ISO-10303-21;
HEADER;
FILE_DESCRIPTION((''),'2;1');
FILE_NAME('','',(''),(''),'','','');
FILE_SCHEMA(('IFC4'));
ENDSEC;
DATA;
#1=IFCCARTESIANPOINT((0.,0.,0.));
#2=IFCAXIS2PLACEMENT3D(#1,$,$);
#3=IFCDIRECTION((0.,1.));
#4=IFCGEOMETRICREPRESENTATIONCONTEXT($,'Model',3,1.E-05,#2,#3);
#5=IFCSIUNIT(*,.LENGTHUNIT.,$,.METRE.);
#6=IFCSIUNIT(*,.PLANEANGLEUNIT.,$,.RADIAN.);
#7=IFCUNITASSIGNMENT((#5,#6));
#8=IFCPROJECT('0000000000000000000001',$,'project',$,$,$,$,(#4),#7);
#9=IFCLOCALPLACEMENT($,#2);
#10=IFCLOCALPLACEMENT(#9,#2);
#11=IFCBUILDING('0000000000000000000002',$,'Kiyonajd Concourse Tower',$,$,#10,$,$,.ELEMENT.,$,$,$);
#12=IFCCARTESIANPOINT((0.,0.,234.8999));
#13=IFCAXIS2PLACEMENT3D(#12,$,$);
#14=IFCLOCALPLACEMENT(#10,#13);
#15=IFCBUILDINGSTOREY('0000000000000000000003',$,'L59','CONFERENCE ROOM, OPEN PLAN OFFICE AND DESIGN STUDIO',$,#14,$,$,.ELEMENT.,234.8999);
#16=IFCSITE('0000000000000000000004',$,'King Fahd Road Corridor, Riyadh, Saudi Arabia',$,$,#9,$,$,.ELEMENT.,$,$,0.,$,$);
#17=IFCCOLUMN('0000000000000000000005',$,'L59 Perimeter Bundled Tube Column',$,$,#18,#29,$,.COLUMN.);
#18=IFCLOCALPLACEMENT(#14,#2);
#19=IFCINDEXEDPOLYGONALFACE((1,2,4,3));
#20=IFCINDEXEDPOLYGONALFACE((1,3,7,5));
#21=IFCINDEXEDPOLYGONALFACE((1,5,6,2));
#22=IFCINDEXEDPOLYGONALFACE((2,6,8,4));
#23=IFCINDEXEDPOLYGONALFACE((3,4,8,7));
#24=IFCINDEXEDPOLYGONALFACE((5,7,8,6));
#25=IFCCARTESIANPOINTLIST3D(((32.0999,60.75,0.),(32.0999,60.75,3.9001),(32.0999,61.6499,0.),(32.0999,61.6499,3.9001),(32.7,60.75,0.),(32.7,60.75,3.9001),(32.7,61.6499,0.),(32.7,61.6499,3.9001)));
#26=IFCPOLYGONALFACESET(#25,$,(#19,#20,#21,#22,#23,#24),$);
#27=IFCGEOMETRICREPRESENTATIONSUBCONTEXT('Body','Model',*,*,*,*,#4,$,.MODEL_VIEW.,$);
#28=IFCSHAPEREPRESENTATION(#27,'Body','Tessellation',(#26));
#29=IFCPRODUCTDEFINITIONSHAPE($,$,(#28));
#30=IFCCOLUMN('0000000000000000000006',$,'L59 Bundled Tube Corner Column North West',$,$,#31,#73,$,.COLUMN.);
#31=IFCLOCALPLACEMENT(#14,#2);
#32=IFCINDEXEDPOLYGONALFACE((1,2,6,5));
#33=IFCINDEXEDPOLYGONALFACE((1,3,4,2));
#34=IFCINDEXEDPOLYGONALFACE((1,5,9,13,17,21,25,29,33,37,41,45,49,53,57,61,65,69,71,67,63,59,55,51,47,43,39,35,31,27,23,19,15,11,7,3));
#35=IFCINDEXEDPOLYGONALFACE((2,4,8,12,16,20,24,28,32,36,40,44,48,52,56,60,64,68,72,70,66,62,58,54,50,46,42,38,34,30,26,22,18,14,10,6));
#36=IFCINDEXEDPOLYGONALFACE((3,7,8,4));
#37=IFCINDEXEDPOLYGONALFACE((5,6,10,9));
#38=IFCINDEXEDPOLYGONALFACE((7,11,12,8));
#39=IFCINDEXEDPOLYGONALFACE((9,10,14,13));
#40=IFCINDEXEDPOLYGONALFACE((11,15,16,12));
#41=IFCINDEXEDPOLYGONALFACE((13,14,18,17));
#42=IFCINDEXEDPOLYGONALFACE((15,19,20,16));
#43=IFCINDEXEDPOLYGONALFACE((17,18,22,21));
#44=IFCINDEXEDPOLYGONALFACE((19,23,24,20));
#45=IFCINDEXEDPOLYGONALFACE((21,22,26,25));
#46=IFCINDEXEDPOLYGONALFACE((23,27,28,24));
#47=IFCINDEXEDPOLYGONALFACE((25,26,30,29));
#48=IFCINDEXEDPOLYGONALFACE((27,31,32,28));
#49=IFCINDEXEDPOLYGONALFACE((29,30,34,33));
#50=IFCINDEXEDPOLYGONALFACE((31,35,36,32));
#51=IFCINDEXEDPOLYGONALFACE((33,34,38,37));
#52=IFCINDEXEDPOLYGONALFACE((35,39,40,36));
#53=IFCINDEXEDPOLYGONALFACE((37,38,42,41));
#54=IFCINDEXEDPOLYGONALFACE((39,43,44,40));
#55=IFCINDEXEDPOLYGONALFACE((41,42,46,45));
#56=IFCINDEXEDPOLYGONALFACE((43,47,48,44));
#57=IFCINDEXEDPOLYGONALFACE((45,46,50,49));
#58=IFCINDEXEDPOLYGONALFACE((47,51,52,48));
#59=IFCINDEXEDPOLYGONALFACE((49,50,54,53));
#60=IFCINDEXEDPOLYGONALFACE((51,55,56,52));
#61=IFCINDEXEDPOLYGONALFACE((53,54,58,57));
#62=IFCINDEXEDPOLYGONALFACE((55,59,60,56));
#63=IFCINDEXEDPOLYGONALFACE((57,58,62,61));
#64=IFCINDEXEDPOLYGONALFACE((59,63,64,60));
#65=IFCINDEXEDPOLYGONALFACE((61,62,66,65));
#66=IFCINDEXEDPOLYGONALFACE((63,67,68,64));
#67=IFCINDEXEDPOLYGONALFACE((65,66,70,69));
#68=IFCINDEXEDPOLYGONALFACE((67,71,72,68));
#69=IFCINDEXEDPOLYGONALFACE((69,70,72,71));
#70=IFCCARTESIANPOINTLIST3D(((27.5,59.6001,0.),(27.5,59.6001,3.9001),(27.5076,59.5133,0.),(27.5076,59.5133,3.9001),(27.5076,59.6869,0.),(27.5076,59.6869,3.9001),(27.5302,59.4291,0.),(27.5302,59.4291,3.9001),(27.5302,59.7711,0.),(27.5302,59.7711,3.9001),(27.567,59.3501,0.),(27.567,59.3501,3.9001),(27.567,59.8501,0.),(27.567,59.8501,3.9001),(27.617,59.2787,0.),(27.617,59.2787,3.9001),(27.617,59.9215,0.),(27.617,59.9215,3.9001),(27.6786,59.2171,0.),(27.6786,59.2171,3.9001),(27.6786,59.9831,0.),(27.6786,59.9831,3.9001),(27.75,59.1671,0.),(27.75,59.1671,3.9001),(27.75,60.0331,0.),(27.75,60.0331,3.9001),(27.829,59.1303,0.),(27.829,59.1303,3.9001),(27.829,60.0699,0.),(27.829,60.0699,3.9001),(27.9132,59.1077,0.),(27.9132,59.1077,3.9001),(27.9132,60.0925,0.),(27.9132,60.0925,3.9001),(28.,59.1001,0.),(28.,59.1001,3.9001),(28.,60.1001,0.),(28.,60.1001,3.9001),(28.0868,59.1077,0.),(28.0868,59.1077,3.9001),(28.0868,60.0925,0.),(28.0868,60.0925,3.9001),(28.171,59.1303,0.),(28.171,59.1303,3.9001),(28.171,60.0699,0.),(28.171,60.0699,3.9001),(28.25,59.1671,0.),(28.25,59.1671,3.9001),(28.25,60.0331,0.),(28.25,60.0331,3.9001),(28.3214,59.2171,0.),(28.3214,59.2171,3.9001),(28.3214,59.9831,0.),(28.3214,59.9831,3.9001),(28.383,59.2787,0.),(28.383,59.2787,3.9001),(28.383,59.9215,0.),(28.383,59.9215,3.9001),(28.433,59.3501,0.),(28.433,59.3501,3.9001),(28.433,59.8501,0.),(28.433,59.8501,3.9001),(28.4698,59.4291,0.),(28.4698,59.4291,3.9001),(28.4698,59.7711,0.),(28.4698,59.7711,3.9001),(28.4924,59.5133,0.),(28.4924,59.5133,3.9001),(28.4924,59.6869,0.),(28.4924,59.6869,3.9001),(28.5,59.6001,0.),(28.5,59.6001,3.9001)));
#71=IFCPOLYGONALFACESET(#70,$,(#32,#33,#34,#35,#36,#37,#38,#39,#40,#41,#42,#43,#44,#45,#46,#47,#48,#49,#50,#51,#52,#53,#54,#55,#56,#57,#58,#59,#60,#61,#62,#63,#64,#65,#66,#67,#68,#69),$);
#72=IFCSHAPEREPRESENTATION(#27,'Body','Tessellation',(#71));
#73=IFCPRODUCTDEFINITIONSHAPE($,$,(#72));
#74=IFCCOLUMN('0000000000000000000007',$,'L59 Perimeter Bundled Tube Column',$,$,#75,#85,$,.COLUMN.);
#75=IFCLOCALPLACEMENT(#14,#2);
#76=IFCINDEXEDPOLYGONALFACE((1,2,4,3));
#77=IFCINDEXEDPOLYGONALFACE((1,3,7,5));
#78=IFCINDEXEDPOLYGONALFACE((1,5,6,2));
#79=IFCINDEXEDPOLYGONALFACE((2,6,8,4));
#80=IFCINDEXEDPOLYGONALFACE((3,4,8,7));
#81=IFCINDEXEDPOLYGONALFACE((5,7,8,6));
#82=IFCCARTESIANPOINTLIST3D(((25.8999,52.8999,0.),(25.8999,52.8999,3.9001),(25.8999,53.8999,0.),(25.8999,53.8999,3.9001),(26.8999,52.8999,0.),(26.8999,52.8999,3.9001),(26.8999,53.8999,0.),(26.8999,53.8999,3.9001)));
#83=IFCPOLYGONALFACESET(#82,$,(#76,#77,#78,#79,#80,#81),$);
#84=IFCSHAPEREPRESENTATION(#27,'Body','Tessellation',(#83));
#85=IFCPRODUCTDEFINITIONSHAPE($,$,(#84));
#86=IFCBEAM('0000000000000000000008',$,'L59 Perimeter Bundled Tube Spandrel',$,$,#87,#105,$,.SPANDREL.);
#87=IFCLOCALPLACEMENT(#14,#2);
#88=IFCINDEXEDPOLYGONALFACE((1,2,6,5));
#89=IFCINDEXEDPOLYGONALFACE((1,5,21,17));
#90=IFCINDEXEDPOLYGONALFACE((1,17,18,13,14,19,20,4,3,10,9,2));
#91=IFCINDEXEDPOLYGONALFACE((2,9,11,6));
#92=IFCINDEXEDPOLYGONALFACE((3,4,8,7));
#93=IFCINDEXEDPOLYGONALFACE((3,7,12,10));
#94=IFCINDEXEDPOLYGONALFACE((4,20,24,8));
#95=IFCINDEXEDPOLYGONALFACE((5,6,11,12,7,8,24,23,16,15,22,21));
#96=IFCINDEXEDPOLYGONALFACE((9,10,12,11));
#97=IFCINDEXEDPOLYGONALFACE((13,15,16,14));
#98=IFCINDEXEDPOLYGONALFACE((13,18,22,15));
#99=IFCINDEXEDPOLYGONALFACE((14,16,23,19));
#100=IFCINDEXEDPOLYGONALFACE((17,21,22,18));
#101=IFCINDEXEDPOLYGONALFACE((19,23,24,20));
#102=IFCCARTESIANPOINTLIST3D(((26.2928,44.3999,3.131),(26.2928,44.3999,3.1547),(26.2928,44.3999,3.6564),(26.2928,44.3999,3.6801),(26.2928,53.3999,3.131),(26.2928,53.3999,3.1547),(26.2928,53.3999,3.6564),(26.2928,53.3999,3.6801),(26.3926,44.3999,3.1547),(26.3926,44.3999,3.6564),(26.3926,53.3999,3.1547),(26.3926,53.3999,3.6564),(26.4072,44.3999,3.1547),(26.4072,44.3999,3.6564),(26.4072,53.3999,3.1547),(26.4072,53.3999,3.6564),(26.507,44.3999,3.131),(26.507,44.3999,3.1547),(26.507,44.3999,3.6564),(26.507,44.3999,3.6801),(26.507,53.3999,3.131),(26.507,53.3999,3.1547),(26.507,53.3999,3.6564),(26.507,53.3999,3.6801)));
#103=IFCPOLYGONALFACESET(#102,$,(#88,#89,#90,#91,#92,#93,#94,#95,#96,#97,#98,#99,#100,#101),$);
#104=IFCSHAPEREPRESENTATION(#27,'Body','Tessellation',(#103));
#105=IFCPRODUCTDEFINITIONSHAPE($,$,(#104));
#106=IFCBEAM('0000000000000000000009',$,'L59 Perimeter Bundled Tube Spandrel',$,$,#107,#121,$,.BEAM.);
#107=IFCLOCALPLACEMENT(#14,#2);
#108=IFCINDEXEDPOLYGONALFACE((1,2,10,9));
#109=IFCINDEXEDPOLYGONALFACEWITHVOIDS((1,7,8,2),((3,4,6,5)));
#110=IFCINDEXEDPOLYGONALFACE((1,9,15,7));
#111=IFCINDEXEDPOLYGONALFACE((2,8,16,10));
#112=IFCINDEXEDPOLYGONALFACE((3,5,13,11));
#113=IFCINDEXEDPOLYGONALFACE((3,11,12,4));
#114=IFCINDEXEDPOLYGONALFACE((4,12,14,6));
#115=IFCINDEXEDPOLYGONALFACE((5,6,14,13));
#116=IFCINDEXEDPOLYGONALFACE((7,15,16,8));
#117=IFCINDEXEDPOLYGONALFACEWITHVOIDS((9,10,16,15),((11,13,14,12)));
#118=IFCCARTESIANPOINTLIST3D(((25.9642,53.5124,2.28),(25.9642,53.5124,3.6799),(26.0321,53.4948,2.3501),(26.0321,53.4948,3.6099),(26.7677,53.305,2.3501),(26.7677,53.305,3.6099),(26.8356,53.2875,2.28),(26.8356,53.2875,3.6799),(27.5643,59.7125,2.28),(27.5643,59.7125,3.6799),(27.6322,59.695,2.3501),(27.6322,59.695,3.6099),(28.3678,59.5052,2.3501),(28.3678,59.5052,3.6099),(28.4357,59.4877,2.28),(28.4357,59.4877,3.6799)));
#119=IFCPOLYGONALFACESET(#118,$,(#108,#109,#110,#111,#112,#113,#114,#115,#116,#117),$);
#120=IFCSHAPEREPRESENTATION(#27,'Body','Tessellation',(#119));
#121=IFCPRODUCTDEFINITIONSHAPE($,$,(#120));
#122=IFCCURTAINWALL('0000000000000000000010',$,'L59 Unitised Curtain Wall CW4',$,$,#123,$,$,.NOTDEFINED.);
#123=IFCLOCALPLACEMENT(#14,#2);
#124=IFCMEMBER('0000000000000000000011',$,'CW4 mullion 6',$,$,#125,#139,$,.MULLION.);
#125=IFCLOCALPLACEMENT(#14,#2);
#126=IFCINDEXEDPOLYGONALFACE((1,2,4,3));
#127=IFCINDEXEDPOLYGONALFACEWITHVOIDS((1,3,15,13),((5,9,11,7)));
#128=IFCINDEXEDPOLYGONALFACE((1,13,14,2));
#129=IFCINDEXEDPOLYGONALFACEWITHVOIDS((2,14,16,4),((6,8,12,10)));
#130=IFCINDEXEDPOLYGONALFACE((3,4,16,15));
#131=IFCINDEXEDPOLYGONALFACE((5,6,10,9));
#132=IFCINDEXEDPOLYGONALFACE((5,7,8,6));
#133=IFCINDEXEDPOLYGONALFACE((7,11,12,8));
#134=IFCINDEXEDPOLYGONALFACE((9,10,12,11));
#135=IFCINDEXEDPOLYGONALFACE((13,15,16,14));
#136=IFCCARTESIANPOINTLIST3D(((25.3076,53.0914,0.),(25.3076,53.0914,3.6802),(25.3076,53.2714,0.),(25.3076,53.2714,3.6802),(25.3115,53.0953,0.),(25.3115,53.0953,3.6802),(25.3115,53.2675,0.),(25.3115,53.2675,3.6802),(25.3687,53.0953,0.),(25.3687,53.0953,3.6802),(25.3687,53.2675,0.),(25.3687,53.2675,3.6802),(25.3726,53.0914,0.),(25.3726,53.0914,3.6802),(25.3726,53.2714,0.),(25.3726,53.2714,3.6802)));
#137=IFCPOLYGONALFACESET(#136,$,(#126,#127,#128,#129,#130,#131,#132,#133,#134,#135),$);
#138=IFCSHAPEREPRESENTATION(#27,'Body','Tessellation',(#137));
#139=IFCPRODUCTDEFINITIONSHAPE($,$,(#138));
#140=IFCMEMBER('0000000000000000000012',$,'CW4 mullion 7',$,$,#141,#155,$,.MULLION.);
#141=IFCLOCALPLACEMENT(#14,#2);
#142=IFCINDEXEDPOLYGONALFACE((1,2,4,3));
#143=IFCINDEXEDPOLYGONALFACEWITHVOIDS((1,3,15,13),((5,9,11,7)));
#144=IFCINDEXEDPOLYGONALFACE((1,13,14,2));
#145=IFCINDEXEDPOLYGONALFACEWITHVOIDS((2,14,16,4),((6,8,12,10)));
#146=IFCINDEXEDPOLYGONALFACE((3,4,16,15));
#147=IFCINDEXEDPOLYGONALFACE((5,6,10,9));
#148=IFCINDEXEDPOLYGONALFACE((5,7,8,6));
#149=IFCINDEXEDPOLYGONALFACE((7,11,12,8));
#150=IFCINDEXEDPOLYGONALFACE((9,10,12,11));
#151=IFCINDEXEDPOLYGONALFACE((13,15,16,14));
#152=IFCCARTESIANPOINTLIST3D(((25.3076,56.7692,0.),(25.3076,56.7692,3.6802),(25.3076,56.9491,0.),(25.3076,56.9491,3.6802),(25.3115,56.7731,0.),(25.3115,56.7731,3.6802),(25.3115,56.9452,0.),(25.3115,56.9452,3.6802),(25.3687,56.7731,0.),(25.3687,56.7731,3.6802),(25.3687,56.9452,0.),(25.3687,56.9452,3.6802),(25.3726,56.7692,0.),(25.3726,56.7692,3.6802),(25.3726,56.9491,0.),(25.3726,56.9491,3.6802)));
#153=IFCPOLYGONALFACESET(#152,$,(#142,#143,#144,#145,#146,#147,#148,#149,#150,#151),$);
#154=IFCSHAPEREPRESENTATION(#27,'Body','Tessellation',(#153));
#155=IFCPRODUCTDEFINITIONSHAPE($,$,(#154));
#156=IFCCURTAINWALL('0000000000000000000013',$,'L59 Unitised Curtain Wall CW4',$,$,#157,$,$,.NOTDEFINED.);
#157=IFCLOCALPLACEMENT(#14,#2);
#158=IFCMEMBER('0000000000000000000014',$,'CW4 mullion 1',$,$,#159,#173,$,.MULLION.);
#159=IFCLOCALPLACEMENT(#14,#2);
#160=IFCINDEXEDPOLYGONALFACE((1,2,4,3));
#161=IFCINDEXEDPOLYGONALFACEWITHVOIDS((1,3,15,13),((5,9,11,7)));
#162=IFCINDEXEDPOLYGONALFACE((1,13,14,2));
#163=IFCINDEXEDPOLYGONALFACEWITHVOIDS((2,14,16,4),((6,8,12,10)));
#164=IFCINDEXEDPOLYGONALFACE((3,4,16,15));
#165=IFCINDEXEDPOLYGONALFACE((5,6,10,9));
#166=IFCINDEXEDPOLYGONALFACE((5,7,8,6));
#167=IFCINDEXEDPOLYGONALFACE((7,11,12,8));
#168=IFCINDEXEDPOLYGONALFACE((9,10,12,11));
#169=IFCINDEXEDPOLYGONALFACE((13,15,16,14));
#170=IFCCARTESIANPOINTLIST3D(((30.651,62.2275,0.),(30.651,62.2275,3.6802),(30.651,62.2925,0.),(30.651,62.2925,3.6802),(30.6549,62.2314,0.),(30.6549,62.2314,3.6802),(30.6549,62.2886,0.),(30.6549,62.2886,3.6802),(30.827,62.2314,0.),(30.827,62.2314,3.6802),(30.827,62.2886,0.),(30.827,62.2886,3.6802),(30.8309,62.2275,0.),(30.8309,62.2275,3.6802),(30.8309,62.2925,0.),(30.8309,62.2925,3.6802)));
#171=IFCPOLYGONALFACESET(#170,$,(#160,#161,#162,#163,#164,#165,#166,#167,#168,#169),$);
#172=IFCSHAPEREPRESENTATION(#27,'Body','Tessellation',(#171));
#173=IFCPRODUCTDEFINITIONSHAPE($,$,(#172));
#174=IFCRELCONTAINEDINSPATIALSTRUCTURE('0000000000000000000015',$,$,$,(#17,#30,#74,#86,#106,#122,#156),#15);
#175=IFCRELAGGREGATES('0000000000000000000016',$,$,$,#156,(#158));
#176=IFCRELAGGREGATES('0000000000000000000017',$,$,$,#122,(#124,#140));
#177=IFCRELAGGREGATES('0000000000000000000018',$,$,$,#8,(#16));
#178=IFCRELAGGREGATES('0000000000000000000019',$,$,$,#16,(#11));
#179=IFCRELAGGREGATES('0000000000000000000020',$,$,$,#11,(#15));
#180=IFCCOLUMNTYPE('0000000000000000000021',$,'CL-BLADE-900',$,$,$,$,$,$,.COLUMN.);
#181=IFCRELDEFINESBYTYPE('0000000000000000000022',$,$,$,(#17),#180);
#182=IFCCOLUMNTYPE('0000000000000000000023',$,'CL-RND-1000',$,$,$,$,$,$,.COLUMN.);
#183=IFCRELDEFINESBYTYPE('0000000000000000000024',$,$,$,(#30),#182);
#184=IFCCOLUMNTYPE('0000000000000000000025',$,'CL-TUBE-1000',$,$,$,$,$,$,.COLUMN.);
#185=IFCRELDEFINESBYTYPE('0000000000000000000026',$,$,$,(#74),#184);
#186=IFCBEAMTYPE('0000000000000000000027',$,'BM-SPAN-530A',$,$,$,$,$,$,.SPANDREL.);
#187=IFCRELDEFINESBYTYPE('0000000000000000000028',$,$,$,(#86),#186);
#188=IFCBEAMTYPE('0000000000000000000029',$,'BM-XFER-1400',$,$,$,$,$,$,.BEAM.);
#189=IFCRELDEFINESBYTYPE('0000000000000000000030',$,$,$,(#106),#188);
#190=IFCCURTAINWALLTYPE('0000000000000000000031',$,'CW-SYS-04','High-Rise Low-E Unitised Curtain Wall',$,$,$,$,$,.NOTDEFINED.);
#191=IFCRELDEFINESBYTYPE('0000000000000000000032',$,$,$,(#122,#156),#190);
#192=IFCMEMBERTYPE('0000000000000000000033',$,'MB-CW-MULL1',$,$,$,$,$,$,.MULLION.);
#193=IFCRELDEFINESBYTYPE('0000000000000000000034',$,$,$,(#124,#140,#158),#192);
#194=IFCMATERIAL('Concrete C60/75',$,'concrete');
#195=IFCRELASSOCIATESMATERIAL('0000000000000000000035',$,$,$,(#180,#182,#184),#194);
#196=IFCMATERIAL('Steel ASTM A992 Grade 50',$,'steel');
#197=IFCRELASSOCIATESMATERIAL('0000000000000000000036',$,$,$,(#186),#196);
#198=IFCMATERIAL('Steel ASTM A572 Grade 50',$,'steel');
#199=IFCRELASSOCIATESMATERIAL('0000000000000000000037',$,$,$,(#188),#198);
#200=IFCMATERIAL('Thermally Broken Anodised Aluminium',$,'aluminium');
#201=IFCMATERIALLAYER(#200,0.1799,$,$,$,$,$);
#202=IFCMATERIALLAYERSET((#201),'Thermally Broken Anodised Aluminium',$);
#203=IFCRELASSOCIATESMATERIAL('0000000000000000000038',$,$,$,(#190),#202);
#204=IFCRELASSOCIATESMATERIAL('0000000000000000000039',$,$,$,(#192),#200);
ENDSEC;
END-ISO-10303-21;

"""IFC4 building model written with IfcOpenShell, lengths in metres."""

from ifc_helpers import new_model, si_unit, direction, frame, origin, origin_2d, place, context, subcontext, project, spatial, rectangle, hollow_rectangle, circle, i_section, extrude, material, layer, layer_set, material_profile, profile_set, type_object, element, aggregate, save


model = new_model("IFC4")

# Units and contexts
model_context = context("Model", 3, precision=1e-05, world=origin(), true_north=direction((0.0, 1.0)))
body_context = subcontext(model_context, "Body", "Model", "MODEL_VIEW")
ifc_project = project(units=[si_unit("LENGTHUNIT", "METRE"), si_unit("PLANEANGLEUNIT", "RADIAN")], contexts=[model_context])

# Site, building, storey
site_placement = place(None, origin())
site = spatial("IfcSite", under=ifc_project, at=site_placement, Name="King Fahd Road Corridor, Riyadh, Saudi Arabia", CompositionType="ELEMENT", RefElevation=0.0)
building_placement = place(site_placement, origin())
building = spatial("IfcBuilding", under=site, at=building_placement, Name="Kiyonajd Concourse Tower", CompositionType="ELEMENT")
storey_placement = place(building_placement, frame((0.0, 0.0, 234.8999)))
storey = spatial("IfcBuildingStorey", under=building, at=storey_placement, Name="L59", Description="CONFERENCE ROOM, OPEN PLAN OFFICE AND DESIGN STUDIO", CompositionType="ELEMENT", Elevation=234.8999)

# Columns
ifc_material_1 = material(Name="Concrete C60/75", Category="concrete")
ifc_material_profile_1 = material_profile(ifc_material_1, rectangle(XDim=0.6001, YDim=0.8999, at=origin_2d()), Name="RC-900x600")
ifc_profile_set_1 = profile_set([ifc_material_profile_1], Name="Concrete C60/75")
column_type_1 = type_object("IfcColumnType", Name="CL-BLADE-900", PredefinedType="COLUMN", material=ifc_profile_set_1)
column_1_placement = place(storey_placement, frame((32.3999, 61.2, 0.0), z_axis=(0.0, 0.0, 1.0), x_axis=(1.0, 0.0, 0.0)))
element("IfcColumn", 1, at=column_1_placement, inside=storey, type_object=column_type_1, Name="L59 Perimeter Bundled Tube Column", PredefinedType="COLUMN", context=body_context, shape_type="SweptSolid", body=[
    extrude(rectangle(XDim=0.6001, YDim=0.8999, at=origin_2d()), origin(), (0.0, 0.0, 1.0), 3.9001),
])
ifc_material_profile_2 = material_profile(ifc_material_1, circle(Radius=0.5, at=origin_2d()), Name="RCC-D1000")
ifc_profile_set_2 = profile_set([ifc_material_profile_2], Name="Concrete C60/75")
column_type_2 = type_object("IfcColumnType", Name="CL-RND-1000", PredefinedType="COLUMN", material=ifc_profile_set_2)
column_2_placement = place(storey_placement, frame((28.0, 59.6001, 0.0), z_axis=(0.0, 0.0, 1.0), x_axis=(1.0, 0.0, 0.0)))
element("IfcColumn", 2, at=column_2_placement, inside=storey, type_object=column_type_2, Name="L59 Bundled Tube Corner Column North West", PredefinedType="COLUMN", context=body_context, shape_type="SweptSolid", body=[
    extrude(circle(Radius=0.5, at=origin_2d()), origin(), (0.0, 0.0, 1.0), 3.9001),
])
ifc_material_profile_3 = material_profile(ifc_material_1, rectangle(XDim=1.0, YDim=1.0, at=origin_2d()), Name="RC-1000x1000")
ifc_profile_set_3 = profile_set([ifc_material_profile_3], Name="Concrete C60/75")
column_type_3 = type_object("IfcColumnType", Name="CL-TUBE-1000", PredefinedType="COLUMN", material=ifc_profile_set_3)
column_3_placement = place(storey_placement, frame((26.3999, 53.3999, 0.0), z_axis=(0.0, 0.0, 1.0), x_axis=(1.0, 0.0, 0.0)))
element("IfcColumn", 3, at=column_3_placement, inside=storey, type_object=column_type_3, Name="L59 Perimeter Bundled Tube Column", PredefinedType="COLUMN", context=body_context, shape_type="SweptSolid", body=[
    extrude(rectangle(XDim=1.0, YDim=1.0, at=origin_2d()), origin(), (0.0, 0.0, 1.0), 3.9001),
])

# Beams
ifc_material_2 = material(Name="Steel ASTM A992 Grade 50", Category="steel")
ifc_material_profile_4 = material_profile(ifc_material_2, i_section(OverallWidth=0.2141, OverallDepth=0.5491, WebThickness=0.0146, FlangeThickness=0.0237, at=origin_2d()), Name="W530X138")
ifc_profile_set_4 = profile_set([ifc_material_profile_4], Name="Steel ASTM A992 Grade 50")
beam_type_1 = type_object("IfcBeamType", Name="BM-SPAN-530A", PredefinedType="SPANDREL", material=ifc_profile_set_4)
beam_1_placement = place(storey_placement, frame((26.3999, 53.3999, 3.4055), z_axis=(0.0, -1.0, 0.0), x_axis=(1.0, 0.0, 0.0)))
element("IfcBeam", 4, at=beam_1_placement, inside=storey, type_object=beam_type_1, Name="L59 Perimeter Bundled Tube Spandrel", PredefinedType="SPANDREL", context=body_context, shape_type="SweptSolid", body=[
    extrude(i_section(OverallWidth=0.2141, OverallDepth=0.5491, WebThickness=0.0146, FlangeThickness=0.0237, at=origin_2d()), origin(), (0.0, 0.0, 1.0), 9.0),
])
ifc_material_3 = material(Name="Steel ASTM A572 Grade 50", Category="steel")
ifc_material_profile_5 = material_profile(ifc_material_3, hollow_rectangle(XDim=0.8999, YDim=1.3999, WallThickness=0.0701, at=origin_2d()), Name="BOX-1400x900x70")
ifc_profile_set_5 = profile_set([ifc_material_profile_5], Name="Steel ASTM A572 Grade 50")
beam_type_2 = type_object("IfcBeamType", Name="BM-XFER-1400", PredefinedType="BEAM", material=ifc_profile_set_5)
beam_2_placement = place(storey_placement, frame((28.0, 59.6001, 2.98), z_axis=(-0.249885, -0.968276, 0.0), x_axis=(0.968276, -0.249885, 0.0)))
element("IfcBeam", 5, at=beam_2_placement, inside=storey, type_object=beam_type_2, Name="L59 Perimeter Bundled Tube Spandrel", PredefinedType="BEAM", context=body_context, shape_type="SweptSolid", body=[
    extrude(hollow_rectangle(XDim=0.8999, YDim=1.3999, WallThickness=0.0701, at=origin_2d()), origin(), (0.0, 0.0, 1.0), 6.4033),
])

# Curtain wall, members
ifc_material_4 = material(Name="Thermally Broken Anodised Aluminium", Category="aluminium")
ifc_layer_1 = layer(ifc_material_4, 0.1799)
ifc_layer_set_1 = layer_set([ifc_layer_1], Name="Thermally Broken Anodised Aluminium")
curtain_wall_type = type_object("IfcCurtainWallType", Name="CW-SYS-04", Description="High-Rise Low-E Unitised Curtain Wall", PredefinedType="NOTDEFINED", material=ifc_layer_set_1)
curtain_wall_1_placement = place(storey_placement, origin())
curtain_wall_1 = element("IfcCurtainWall", 6, at=curtain_wall_1_placement, inside=storey, type_object=curtain_wall_type, Name="L59 Unitised Curtain Wall CW4", PredefinedType="NOTDEFINED")
ifc_material_profile_6 = material_profile(ifc_material_4, hollow_rectangle(XDim=0.0649, YDim=0.1799, WallThickness=0.0039, at=origin_2d()), Name="MULL-65x180")
ifc_profile_set_6 = profile_set([ifc_material_profile_6], Name="Thermally Broken Anodised Aluminium")
member_type_1 = type_object("IfcMemberType", Name="MB-CW-MULL1", PredefinedType="MULLION", material=ifc_profile_set_6)
member_1_placement = place(storey_placement, frame((25.3401, 53.1814, 0.0), z_axis=(0.0, 0.0, 1.0), x_axis=(-1.0, 0.0, 0.0)))
member_1 = element("IfcMember", 7, at=member_1_placement, type_object=member_type_1, Name="CW4 mullion 6", PredefinedType="MULLION", context=body_context, shape_type="SweptSolid", body=[
    extrude(hollow_rectangle(XDim=0.0649, YDim=0.1799, WallThickness=0.0039, at=origin_2d()), origin(), (0.0, 0.0, 1.0), 3.6802),
])
member_2_placement = place(storey_placement, frame((25.3401, 56.8591, 0.0), z_axis=(0.0, 0.0, 1.0), x_axis=(-1.0, 0.0, 0.0)))
member_2 = element("IfcMember", 8, at=member_2_placement, type_object=member_type_1, Name="CW4 mullion 7", PredefinedType="MULLION", context=body_context, shape_type="SweptSolid", body=[
    extrude(hollow_rectangle(XDim=0.0649, YDim=0.1799, WallThickness=0.0039, at=origin_2d()), origin(), (0.0, 0.0, 1.0), 3.6802),
])

# Curtain wall, member
curtain_wall_2_placement = place(storey_placement, origin())
curtain_wall_2 = element("IfcCurtainWall", 9, at=curtain_wall_2_placement, inside=storey, type_object=curtain_wall_type, Name="L59 Unitised Curtain Wall CW4", PredefinedType="NOTDEFINED")
member_3_placement = place(storey_placement, frame((30.741, 62.26, 0.0), z_axis=(0.0, 0.0, 1.0), x_axis=(0.0, 1.0, 0.0)))
member_3 = element("IfcMember", 10, at=member_3_placement, type_object=member_type_1, Name="CW4 mullion 1", PredefinedType="MULLION", context=body_context, shape_type="SweptSolid", body=[
    extrude(hollow_rectangle(XDim=0.0649, YDim=0.1799, WallThickness=0.0039, at=origin_2d()), origin(), (0.0, 0.0, 1.0), 3.6802),
])

aggregate(curtain_wall_2, [member_3])

aggregate(curtain_wall_1, [member_1, member_2])

save(model, "model.ifc")
